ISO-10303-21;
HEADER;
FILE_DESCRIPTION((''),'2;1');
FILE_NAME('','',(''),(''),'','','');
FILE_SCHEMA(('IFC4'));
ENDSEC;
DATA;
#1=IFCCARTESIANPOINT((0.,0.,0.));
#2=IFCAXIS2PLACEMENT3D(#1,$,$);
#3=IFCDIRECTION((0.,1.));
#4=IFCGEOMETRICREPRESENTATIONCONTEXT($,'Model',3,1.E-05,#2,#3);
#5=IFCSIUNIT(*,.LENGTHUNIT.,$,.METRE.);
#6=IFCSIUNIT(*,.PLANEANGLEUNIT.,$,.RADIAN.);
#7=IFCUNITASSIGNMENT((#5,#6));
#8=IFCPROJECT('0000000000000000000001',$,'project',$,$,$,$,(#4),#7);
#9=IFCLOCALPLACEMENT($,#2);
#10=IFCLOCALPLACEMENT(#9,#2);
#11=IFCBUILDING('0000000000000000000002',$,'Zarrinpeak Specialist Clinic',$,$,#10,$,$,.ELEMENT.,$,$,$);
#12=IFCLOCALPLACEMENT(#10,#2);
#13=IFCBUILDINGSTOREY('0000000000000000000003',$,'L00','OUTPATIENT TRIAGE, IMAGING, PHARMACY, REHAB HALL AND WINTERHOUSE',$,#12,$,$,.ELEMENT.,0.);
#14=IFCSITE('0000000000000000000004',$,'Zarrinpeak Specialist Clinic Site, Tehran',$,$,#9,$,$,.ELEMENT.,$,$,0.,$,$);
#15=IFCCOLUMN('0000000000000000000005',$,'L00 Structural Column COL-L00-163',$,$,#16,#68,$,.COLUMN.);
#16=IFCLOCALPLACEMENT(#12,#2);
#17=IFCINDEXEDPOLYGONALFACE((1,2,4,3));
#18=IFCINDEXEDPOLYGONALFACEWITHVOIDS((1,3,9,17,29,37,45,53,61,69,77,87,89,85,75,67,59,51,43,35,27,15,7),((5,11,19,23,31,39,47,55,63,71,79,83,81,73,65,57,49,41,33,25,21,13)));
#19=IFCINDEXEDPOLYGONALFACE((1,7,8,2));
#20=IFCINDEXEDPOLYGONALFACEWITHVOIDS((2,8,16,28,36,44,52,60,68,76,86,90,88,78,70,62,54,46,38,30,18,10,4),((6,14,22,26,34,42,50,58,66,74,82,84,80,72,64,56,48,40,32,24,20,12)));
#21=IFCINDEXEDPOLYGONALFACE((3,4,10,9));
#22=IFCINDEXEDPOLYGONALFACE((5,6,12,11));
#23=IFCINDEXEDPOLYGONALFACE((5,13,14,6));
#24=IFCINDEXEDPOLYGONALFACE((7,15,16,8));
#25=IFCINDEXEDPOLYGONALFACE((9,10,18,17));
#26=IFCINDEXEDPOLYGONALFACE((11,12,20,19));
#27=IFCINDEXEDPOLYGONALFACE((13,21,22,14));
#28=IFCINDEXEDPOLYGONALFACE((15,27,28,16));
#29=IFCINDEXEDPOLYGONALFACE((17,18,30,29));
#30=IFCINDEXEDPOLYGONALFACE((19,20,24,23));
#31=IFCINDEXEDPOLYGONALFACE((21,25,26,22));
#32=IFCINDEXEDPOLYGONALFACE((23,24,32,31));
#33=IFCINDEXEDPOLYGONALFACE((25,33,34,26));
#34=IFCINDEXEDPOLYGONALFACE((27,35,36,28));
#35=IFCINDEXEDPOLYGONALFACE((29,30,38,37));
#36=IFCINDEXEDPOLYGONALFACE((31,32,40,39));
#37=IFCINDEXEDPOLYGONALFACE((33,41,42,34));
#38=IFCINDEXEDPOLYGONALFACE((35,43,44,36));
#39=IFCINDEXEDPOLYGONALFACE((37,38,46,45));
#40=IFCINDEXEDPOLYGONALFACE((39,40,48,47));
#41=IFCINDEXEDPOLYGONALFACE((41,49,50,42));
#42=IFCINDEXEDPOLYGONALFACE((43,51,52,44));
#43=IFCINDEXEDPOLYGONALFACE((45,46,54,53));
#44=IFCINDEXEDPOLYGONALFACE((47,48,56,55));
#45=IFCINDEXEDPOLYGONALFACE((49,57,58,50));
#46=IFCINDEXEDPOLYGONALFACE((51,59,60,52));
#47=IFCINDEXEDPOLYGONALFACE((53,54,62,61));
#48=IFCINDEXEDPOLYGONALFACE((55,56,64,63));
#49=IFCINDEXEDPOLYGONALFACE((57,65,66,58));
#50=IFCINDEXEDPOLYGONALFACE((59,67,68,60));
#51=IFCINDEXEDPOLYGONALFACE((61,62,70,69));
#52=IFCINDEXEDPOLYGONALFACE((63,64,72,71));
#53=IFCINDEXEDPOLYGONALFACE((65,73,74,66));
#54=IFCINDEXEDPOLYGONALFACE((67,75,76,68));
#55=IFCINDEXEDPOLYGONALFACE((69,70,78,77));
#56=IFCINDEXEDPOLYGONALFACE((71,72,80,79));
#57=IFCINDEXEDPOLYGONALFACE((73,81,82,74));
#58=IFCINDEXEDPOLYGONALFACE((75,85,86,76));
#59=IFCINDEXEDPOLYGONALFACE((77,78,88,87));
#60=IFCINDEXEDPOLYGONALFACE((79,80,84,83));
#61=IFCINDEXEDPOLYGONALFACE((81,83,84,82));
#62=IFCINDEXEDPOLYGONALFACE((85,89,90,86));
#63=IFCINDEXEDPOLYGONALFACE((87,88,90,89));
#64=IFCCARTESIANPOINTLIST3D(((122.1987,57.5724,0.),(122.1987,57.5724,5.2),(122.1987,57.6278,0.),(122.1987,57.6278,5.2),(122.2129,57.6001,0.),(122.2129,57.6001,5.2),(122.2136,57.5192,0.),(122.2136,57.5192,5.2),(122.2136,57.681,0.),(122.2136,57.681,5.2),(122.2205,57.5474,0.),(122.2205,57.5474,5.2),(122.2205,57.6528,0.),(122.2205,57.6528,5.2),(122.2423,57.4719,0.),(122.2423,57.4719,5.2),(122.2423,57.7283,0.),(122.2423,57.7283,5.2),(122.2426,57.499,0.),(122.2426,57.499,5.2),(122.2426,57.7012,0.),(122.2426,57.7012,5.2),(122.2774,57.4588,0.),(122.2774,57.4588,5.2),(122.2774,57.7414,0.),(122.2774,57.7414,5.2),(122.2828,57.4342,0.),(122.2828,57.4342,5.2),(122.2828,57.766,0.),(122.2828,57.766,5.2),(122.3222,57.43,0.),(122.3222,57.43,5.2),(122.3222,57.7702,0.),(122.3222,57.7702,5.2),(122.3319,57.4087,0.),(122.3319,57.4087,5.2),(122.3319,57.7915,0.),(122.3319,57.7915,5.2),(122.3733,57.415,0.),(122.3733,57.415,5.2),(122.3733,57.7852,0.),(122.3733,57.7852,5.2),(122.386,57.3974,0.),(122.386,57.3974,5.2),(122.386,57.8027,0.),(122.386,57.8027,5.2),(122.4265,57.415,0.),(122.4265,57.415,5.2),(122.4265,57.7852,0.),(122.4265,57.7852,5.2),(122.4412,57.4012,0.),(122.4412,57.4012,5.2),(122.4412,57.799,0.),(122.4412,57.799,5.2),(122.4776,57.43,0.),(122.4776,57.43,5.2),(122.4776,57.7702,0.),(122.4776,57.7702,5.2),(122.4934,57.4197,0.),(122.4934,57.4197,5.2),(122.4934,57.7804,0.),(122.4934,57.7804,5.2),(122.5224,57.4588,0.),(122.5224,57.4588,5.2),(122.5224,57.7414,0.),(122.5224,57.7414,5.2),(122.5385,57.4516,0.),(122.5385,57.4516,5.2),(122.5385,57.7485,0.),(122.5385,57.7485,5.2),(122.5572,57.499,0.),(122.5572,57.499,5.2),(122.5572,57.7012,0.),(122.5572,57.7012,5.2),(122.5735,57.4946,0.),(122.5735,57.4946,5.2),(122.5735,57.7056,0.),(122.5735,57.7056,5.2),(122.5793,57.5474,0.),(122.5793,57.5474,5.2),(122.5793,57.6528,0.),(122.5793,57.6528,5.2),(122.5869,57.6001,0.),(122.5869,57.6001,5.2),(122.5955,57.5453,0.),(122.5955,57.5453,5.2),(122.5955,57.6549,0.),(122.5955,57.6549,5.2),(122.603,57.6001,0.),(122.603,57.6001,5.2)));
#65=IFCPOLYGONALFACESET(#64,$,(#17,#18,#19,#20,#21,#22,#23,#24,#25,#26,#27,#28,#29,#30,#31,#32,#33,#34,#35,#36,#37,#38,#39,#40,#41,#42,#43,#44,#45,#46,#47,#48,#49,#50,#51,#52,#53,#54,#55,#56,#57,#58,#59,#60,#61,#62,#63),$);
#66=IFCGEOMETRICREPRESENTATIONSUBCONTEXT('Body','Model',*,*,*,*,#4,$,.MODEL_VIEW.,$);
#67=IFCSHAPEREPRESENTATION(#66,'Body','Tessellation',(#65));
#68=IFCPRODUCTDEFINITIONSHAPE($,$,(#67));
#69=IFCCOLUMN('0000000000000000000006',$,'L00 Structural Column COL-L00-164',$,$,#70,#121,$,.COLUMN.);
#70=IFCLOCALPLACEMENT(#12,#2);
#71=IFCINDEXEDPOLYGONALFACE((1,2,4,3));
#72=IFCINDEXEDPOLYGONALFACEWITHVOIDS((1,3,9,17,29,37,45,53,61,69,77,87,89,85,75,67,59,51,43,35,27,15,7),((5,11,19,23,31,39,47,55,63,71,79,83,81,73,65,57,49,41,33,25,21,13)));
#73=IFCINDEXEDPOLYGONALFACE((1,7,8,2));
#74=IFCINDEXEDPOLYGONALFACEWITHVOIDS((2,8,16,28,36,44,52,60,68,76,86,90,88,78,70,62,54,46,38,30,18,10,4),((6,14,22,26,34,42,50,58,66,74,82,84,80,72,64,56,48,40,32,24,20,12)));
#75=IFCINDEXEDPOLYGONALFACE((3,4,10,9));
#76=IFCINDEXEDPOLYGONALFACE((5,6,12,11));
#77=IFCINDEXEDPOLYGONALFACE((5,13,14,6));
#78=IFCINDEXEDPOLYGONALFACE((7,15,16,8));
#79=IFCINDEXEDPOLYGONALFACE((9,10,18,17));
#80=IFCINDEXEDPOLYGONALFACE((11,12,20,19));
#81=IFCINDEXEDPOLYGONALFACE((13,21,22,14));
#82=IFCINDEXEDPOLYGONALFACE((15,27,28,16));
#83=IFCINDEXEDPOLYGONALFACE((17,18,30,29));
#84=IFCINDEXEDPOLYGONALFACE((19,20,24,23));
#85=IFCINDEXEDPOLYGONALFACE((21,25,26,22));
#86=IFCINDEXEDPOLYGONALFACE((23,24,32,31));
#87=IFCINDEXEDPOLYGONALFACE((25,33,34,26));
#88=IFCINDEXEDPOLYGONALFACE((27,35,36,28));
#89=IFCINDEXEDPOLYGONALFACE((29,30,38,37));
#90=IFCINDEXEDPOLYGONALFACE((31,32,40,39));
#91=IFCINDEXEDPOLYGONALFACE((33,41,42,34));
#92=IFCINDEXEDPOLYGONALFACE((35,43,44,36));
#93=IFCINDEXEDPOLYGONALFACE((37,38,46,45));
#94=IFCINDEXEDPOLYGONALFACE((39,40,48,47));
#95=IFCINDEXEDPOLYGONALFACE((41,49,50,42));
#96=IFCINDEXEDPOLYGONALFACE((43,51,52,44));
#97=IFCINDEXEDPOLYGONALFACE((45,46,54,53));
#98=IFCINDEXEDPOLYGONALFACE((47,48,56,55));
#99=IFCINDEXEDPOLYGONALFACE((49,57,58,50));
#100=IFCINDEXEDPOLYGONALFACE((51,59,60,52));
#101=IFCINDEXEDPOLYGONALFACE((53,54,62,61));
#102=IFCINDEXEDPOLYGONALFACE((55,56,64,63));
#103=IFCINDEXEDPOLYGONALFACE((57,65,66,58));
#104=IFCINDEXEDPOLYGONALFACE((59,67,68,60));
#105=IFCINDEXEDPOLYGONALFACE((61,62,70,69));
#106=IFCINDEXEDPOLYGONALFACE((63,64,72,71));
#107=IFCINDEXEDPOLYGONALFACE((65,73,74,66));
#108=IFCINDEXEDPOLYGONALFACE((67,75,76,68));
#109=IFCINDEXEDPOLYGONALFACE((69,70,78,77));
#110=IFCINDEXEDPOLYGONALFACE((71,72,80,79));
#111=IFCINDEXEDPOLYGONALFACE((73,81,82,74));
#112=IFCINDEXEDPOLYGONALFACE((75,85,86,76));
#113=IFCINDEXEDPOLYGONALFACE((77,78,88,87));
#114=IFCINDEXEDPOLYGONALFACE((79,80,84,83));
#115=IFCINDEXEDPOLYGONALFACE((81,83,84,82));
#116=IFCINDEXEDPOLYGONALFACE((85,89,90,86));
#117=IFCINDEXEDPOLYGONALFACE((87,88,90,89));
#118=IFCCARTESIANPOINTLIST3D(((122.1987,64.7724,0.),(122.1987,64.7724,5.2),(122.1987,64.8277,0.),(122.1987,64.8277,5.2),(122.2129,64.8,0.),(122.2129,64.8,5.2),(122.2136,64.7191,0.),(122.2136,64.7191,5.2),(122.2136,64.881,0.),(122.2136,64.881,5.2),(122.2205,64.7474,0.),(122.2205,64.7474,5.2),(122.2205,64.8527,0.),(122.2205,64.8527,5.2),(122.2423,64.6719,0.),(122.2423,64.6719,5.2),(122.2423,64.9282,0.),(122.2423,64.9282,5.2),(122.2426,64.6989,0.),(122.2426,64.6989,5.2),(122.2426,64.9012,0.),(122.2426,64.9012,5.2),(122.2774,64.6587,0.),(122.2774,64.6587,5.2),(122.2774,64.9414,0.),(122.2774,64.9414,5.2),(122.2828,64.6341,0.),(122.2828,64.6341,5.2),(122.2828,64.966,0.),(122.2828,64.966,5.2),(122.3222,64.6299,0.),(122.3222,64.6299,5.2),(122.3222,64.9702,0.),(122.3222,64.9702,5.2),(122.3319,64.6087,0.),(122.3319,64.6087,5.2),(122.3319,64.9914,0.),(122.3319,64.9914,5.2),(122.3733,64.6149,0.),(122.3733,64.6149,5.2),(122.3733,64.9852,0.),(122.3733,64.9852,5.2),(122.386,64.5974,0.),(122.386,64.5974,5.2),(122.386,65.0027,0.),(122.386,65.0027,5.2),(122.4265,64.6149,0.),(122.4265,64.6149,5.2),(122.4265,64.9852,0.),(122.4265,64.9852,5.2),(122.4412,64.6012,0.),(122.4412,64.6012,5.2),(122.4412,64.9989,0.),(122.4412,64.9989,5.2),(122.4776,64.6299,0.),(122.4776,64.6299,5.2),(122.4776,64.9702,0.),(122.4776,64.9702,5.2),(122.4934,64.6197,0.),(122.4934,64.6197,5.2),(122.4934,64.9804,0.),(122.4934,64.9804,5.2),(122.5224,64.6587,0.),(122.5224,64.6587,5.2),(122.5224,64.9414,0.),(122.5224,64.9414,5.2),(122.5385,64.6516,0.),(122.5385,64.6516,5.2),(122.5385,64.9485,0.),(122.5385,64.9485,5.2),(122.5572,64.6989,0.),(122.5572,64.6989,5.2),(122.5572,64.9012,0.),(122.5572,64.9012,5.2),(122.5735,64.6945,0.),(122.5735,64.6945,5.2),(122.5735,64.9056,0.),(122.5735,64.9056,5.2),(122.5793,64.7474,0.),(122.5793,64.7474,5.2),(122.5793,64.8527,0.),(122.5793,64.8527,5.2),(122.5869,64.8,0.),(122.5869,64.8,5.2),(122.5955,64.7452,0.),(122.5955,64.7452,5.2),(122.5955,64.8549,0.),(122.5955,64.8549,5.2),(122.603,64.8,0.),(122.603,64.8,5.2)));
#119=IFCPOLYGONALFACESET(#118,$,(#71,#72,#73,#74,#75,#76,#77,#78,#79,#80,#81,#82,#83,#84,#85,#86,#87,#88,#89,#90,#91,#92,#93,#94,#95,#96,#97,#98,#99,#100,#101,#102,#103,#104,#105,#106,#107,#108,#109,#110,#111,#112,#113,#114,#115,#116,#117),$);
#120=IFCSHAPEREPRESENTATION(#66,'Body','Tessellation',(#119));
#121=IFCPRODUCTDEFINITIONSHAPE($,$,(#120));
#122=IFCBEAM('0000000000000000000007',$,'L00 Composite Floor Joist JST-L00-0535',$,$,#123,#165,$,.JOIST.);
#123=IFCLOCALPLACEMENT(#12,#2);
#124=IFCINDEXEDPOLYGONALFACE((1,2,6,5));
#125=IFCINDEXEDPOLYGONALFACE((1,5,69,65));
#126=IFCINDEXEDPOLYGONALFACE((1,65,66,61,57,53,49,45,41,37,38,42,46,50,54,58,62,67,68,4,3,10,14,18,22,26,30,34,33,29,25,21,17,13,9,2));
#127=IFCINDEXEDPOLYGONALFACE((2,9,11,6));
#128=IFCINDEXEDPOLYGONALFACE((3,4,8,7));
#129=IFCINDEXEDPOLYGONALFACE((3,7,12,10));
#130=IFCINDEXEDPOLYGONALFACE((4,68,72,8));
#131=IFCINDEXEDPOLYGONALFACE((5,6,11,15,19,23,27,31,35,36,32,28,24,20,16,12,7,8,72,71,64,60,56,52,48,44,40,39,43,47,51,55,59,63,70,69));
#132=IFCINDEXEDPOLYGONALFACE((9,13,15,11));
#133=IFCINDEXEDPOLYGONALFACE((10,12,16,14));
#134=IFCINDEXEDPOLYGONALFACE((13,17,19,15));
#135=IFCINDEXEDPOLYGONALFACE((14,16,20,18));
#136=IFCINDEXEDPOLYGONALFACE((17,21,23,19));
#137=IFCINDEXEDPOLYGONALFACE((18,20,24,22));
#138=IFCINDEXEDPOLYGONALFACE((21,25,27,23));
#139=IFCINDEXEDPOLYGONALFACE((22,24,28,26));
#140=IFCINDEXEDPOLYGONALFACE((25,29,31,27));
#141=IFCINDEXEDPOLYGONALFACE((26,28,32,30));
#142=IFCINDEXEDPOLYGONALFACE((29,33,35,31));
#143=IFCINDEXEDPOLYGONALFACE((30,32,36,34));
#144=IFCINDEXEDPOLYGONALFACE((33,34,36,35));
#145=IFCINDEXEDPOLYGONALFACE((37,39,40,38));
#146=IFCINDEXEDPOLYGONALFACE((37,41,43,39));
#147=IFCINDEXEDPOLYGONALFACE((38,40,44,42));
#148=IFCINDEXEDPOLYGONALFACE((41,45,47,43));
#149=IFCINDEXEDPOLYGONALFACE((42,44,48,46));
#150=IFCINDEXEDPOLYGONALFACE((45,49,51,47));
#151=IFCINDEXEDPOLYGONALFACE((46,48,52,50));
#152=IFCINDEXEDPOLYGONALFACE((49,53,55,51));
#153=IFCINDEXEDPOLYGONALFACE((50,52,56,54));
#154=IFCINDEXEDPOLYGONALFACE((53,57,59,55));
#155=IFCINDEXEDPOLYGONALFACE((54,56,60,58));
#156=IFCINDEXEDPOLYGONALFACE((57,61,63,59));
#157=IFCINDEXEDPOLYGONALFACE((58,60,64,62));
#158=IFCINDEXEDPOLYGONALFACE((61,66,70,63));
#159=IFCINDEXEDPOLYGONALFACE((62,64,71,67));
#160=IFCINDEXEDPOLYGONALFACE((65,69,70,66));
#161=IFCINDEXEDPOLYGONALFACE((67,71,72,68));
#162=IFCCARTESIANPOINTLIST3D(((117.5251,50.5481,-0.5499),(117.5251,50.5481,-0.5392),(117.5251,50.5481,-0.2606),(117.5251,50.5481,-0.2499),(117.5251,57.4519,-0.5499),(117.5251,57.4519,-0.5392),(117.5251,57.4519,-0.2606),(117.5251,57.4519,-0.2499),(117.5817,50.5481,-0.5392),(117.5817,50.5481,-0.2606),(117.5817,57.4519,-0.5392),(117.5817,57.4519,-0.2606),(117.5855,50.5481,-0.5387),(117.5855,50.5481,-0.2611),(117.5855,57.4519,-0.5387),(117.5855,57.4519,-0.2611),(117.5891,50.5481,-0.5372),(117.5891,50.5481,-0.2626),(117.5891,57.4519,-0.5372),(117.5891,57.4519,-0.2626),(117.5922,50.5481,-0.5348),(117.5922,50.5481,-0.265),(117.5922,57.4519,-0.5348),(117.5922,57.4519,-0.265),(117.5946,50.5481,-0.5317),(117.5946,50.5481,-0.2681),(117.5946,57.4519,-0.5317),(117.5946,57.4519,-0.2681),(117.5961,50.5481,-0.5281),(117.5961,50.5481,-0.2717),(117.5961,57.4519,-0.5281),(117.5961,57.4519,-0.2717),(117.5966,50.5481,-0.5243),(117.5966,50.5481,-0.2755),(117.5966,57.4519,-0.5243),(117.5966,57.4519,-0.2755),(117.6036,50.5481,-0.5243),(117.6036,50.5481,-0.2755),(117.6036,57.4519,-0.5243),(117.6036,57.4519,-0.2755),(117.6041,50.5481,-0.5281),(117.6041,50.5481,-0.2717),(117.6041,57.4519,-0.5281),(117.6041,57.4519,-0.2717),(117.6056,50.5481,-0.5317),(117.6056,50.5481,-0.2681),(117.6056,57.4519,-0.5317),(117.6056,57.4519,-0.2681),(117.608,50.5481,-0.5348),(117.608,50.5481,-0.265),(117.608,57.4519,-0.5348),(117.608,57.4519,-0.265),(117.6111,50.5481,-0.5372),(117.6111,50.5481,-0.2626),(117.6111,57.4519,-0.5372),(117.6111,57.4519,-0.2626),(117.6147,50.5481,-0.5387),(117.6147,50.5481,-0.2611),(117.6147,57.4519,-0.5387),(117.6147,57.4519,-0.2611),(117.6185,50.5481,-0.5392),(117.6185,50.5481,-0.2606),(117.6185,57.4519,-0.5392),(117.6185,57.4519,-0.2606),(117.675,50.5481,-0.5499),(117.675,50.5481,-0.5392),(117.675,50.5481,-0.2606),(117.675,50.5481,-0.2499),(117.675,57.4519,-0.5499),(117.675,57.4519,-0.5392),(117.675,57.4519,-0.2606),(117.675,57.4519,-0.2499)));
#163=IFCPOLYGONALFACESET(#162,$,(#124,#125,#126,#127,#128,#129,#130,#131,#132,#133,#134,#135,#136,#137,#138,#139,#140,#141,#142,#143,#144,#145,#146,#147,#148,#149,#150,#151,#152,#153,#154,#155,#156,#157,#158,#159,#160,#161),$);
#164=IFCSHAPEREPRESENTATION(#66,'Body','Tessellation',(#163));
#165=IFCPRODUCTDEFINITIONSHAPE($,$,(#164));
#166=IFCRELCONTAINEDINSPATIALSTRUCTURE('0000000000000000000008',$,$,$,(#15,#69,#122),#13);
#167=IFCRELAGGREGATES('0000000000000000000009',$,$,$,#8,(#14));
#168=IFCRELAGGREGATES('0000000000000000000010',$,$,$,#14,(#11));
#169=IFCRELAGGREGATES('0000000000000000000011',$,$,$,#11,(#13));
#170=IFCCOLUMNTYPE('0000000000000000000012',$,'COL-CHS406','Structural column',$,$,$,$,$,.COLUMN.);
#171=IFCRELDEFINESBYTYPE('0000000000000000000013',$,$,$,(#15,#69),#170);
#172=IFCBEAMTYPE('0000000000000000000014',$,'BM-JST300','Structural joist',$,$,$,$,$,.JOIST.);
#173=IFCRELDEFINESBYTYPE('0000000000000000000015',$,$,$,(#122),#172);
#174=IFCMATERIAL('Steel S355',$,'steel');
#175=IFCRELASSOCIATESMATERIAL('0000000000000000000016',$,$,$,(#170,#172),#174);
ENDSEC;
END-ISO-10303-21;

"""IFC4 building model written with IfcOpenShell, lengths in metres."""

from ifc_helpers import new_model, si_unit, direction, frame, origin, origin_2d, place, context, subcontext, project, spatial, hollow_circle, i_section, extrude, material, material_profile, profile_set, type_object, element, save


model = new_model("IFC4")

# Units and contexts
model_context = context("Model", 3, precision=1e-05, world=origin(), true_north=direction((0.0, 1.0)))
body_context = subcontext(model_context, "Body", "Model", "MODEL_VIEW")
ifc_project = project(units=[si_unit("LENGTHUNIT", "METRE"), si_unit("PLANEANGLEUNIT", "RADIAN")], contexts=[model_context])

# Site, building, storey
site_placement = place(None, origin())
site = spatial("IfcSite", under=ifc_project, at=site_placement, Name="Zarrinpeak Specialist Clinic Site, Tehran", CompositionType="ELEMENT", RefElevation=0.0)
building_placement = place(site_placement, origin())
building = spatial("IfcBuilding", under=site, at=building_placement, Name="Zarrinpeak Specialist Clinic", CompositionType="ELEMENT")
storey_placement = place(building_placement, origin())
storey = spatial("IfcBuildingStorey", under=building, at=storey_placement, Name="L00", Description="OUTPATIENT TRIAGE, IMAGING, PHARMACY, REHAB HALL AND WINTERHOUSE", CompositionType="ELEMENT", Elevation=0.0)

# Columns
ifc_material_1 = material(Name="Steel S355", Category="steel")
ifc_material_profile_1 = material_profile(ifc_material_1, hollow_circle(Radius=0.2031, WallThickness=0.0161, at=origin_2d()), Name="CHS 406.4x16.0")
ifc_profile_set_1 = profile_set([ifc_material_profile_1], Name="Steel S355")
column_type = type_object("IfcColumnType", Name="COL-CHS406", Description="Structural column", PredefinedType="COLUMN", material=ifc_profile_set_1)
for number, where, z_axis, x_axis, name in (
    (1, (122.3999, 57.6001, 0.0), (0.0, 0.0, 1.0), (1.0, 0.0, 0.0), "L00 Structural Column COL-L00-163"),
    (2, (122.3999, 64.8, 0.0), (0.0, 0.0, 1.0), (1.0, 0.0, 0.0), "L00 Structural Column COL-L00-164"),
):
    element("IfcColumn", number, at=place(storey_placement, frame(where, z_axis=z_axis, x_axis=x_axis)), inside=storey, type_object=column_type, Name=name, PredefinedType="COLUMN", context=body_context, shape_type="SweptSolid", body=[
        extrude(hollow_circle(Radius=0.2031, WallThickness=0.0161, at=origin_2d()), origin(), (0.0, 0.0, 1.0), 5.2),
    ])

# Beam
ifc_material_profile_2 = material_profile(ifc_material_1, i_section(OverallWidth=0.1499, OverallDepth=0.3, WebThickness=0.0071, FlangeThickness=0.0107, FilletRadius=0.0149, at=origin_2d()), Name="IPE 300")
ifc_profile_set_2 = profile_set([ifc_material_profile_2], Name="Steel S355")
beam_type_1 = type_object("IfcBeamType", Name="BM-JST300", Description="Structural joist", PredefinedType="JOIST", material=ifc_profile_set_2)
for number, where, z_axis, x_axis, name in (
    (3, (117.6001, 50.5481, -0.3999), (0.0, 1.0, 0.0), (-1.0, 0.0, 0.0), "L00 Composite Floor Joist JST-L00-0535"),
):
    element("IfcBeam", number, at=place(storey_placement, frame(where, z_axis=z_axis, x_axis=x_axis)), inside=storey, type_object=beam_type_1, Name=name, PredefinedType="JOIST", context=body_context, shape_type="SweptSolid", body=[
        extrude(i_section(OverallWidth=0.1499, OverallDepth=0.3, WebThickness=0.0071, FlangeThickness=0.0107, FilletRadius=0.0149, at=origin_2d()), origin(), (0.0, 0.0, 1.0), 6.9038),
    ])

save(model, "model.ifc")
